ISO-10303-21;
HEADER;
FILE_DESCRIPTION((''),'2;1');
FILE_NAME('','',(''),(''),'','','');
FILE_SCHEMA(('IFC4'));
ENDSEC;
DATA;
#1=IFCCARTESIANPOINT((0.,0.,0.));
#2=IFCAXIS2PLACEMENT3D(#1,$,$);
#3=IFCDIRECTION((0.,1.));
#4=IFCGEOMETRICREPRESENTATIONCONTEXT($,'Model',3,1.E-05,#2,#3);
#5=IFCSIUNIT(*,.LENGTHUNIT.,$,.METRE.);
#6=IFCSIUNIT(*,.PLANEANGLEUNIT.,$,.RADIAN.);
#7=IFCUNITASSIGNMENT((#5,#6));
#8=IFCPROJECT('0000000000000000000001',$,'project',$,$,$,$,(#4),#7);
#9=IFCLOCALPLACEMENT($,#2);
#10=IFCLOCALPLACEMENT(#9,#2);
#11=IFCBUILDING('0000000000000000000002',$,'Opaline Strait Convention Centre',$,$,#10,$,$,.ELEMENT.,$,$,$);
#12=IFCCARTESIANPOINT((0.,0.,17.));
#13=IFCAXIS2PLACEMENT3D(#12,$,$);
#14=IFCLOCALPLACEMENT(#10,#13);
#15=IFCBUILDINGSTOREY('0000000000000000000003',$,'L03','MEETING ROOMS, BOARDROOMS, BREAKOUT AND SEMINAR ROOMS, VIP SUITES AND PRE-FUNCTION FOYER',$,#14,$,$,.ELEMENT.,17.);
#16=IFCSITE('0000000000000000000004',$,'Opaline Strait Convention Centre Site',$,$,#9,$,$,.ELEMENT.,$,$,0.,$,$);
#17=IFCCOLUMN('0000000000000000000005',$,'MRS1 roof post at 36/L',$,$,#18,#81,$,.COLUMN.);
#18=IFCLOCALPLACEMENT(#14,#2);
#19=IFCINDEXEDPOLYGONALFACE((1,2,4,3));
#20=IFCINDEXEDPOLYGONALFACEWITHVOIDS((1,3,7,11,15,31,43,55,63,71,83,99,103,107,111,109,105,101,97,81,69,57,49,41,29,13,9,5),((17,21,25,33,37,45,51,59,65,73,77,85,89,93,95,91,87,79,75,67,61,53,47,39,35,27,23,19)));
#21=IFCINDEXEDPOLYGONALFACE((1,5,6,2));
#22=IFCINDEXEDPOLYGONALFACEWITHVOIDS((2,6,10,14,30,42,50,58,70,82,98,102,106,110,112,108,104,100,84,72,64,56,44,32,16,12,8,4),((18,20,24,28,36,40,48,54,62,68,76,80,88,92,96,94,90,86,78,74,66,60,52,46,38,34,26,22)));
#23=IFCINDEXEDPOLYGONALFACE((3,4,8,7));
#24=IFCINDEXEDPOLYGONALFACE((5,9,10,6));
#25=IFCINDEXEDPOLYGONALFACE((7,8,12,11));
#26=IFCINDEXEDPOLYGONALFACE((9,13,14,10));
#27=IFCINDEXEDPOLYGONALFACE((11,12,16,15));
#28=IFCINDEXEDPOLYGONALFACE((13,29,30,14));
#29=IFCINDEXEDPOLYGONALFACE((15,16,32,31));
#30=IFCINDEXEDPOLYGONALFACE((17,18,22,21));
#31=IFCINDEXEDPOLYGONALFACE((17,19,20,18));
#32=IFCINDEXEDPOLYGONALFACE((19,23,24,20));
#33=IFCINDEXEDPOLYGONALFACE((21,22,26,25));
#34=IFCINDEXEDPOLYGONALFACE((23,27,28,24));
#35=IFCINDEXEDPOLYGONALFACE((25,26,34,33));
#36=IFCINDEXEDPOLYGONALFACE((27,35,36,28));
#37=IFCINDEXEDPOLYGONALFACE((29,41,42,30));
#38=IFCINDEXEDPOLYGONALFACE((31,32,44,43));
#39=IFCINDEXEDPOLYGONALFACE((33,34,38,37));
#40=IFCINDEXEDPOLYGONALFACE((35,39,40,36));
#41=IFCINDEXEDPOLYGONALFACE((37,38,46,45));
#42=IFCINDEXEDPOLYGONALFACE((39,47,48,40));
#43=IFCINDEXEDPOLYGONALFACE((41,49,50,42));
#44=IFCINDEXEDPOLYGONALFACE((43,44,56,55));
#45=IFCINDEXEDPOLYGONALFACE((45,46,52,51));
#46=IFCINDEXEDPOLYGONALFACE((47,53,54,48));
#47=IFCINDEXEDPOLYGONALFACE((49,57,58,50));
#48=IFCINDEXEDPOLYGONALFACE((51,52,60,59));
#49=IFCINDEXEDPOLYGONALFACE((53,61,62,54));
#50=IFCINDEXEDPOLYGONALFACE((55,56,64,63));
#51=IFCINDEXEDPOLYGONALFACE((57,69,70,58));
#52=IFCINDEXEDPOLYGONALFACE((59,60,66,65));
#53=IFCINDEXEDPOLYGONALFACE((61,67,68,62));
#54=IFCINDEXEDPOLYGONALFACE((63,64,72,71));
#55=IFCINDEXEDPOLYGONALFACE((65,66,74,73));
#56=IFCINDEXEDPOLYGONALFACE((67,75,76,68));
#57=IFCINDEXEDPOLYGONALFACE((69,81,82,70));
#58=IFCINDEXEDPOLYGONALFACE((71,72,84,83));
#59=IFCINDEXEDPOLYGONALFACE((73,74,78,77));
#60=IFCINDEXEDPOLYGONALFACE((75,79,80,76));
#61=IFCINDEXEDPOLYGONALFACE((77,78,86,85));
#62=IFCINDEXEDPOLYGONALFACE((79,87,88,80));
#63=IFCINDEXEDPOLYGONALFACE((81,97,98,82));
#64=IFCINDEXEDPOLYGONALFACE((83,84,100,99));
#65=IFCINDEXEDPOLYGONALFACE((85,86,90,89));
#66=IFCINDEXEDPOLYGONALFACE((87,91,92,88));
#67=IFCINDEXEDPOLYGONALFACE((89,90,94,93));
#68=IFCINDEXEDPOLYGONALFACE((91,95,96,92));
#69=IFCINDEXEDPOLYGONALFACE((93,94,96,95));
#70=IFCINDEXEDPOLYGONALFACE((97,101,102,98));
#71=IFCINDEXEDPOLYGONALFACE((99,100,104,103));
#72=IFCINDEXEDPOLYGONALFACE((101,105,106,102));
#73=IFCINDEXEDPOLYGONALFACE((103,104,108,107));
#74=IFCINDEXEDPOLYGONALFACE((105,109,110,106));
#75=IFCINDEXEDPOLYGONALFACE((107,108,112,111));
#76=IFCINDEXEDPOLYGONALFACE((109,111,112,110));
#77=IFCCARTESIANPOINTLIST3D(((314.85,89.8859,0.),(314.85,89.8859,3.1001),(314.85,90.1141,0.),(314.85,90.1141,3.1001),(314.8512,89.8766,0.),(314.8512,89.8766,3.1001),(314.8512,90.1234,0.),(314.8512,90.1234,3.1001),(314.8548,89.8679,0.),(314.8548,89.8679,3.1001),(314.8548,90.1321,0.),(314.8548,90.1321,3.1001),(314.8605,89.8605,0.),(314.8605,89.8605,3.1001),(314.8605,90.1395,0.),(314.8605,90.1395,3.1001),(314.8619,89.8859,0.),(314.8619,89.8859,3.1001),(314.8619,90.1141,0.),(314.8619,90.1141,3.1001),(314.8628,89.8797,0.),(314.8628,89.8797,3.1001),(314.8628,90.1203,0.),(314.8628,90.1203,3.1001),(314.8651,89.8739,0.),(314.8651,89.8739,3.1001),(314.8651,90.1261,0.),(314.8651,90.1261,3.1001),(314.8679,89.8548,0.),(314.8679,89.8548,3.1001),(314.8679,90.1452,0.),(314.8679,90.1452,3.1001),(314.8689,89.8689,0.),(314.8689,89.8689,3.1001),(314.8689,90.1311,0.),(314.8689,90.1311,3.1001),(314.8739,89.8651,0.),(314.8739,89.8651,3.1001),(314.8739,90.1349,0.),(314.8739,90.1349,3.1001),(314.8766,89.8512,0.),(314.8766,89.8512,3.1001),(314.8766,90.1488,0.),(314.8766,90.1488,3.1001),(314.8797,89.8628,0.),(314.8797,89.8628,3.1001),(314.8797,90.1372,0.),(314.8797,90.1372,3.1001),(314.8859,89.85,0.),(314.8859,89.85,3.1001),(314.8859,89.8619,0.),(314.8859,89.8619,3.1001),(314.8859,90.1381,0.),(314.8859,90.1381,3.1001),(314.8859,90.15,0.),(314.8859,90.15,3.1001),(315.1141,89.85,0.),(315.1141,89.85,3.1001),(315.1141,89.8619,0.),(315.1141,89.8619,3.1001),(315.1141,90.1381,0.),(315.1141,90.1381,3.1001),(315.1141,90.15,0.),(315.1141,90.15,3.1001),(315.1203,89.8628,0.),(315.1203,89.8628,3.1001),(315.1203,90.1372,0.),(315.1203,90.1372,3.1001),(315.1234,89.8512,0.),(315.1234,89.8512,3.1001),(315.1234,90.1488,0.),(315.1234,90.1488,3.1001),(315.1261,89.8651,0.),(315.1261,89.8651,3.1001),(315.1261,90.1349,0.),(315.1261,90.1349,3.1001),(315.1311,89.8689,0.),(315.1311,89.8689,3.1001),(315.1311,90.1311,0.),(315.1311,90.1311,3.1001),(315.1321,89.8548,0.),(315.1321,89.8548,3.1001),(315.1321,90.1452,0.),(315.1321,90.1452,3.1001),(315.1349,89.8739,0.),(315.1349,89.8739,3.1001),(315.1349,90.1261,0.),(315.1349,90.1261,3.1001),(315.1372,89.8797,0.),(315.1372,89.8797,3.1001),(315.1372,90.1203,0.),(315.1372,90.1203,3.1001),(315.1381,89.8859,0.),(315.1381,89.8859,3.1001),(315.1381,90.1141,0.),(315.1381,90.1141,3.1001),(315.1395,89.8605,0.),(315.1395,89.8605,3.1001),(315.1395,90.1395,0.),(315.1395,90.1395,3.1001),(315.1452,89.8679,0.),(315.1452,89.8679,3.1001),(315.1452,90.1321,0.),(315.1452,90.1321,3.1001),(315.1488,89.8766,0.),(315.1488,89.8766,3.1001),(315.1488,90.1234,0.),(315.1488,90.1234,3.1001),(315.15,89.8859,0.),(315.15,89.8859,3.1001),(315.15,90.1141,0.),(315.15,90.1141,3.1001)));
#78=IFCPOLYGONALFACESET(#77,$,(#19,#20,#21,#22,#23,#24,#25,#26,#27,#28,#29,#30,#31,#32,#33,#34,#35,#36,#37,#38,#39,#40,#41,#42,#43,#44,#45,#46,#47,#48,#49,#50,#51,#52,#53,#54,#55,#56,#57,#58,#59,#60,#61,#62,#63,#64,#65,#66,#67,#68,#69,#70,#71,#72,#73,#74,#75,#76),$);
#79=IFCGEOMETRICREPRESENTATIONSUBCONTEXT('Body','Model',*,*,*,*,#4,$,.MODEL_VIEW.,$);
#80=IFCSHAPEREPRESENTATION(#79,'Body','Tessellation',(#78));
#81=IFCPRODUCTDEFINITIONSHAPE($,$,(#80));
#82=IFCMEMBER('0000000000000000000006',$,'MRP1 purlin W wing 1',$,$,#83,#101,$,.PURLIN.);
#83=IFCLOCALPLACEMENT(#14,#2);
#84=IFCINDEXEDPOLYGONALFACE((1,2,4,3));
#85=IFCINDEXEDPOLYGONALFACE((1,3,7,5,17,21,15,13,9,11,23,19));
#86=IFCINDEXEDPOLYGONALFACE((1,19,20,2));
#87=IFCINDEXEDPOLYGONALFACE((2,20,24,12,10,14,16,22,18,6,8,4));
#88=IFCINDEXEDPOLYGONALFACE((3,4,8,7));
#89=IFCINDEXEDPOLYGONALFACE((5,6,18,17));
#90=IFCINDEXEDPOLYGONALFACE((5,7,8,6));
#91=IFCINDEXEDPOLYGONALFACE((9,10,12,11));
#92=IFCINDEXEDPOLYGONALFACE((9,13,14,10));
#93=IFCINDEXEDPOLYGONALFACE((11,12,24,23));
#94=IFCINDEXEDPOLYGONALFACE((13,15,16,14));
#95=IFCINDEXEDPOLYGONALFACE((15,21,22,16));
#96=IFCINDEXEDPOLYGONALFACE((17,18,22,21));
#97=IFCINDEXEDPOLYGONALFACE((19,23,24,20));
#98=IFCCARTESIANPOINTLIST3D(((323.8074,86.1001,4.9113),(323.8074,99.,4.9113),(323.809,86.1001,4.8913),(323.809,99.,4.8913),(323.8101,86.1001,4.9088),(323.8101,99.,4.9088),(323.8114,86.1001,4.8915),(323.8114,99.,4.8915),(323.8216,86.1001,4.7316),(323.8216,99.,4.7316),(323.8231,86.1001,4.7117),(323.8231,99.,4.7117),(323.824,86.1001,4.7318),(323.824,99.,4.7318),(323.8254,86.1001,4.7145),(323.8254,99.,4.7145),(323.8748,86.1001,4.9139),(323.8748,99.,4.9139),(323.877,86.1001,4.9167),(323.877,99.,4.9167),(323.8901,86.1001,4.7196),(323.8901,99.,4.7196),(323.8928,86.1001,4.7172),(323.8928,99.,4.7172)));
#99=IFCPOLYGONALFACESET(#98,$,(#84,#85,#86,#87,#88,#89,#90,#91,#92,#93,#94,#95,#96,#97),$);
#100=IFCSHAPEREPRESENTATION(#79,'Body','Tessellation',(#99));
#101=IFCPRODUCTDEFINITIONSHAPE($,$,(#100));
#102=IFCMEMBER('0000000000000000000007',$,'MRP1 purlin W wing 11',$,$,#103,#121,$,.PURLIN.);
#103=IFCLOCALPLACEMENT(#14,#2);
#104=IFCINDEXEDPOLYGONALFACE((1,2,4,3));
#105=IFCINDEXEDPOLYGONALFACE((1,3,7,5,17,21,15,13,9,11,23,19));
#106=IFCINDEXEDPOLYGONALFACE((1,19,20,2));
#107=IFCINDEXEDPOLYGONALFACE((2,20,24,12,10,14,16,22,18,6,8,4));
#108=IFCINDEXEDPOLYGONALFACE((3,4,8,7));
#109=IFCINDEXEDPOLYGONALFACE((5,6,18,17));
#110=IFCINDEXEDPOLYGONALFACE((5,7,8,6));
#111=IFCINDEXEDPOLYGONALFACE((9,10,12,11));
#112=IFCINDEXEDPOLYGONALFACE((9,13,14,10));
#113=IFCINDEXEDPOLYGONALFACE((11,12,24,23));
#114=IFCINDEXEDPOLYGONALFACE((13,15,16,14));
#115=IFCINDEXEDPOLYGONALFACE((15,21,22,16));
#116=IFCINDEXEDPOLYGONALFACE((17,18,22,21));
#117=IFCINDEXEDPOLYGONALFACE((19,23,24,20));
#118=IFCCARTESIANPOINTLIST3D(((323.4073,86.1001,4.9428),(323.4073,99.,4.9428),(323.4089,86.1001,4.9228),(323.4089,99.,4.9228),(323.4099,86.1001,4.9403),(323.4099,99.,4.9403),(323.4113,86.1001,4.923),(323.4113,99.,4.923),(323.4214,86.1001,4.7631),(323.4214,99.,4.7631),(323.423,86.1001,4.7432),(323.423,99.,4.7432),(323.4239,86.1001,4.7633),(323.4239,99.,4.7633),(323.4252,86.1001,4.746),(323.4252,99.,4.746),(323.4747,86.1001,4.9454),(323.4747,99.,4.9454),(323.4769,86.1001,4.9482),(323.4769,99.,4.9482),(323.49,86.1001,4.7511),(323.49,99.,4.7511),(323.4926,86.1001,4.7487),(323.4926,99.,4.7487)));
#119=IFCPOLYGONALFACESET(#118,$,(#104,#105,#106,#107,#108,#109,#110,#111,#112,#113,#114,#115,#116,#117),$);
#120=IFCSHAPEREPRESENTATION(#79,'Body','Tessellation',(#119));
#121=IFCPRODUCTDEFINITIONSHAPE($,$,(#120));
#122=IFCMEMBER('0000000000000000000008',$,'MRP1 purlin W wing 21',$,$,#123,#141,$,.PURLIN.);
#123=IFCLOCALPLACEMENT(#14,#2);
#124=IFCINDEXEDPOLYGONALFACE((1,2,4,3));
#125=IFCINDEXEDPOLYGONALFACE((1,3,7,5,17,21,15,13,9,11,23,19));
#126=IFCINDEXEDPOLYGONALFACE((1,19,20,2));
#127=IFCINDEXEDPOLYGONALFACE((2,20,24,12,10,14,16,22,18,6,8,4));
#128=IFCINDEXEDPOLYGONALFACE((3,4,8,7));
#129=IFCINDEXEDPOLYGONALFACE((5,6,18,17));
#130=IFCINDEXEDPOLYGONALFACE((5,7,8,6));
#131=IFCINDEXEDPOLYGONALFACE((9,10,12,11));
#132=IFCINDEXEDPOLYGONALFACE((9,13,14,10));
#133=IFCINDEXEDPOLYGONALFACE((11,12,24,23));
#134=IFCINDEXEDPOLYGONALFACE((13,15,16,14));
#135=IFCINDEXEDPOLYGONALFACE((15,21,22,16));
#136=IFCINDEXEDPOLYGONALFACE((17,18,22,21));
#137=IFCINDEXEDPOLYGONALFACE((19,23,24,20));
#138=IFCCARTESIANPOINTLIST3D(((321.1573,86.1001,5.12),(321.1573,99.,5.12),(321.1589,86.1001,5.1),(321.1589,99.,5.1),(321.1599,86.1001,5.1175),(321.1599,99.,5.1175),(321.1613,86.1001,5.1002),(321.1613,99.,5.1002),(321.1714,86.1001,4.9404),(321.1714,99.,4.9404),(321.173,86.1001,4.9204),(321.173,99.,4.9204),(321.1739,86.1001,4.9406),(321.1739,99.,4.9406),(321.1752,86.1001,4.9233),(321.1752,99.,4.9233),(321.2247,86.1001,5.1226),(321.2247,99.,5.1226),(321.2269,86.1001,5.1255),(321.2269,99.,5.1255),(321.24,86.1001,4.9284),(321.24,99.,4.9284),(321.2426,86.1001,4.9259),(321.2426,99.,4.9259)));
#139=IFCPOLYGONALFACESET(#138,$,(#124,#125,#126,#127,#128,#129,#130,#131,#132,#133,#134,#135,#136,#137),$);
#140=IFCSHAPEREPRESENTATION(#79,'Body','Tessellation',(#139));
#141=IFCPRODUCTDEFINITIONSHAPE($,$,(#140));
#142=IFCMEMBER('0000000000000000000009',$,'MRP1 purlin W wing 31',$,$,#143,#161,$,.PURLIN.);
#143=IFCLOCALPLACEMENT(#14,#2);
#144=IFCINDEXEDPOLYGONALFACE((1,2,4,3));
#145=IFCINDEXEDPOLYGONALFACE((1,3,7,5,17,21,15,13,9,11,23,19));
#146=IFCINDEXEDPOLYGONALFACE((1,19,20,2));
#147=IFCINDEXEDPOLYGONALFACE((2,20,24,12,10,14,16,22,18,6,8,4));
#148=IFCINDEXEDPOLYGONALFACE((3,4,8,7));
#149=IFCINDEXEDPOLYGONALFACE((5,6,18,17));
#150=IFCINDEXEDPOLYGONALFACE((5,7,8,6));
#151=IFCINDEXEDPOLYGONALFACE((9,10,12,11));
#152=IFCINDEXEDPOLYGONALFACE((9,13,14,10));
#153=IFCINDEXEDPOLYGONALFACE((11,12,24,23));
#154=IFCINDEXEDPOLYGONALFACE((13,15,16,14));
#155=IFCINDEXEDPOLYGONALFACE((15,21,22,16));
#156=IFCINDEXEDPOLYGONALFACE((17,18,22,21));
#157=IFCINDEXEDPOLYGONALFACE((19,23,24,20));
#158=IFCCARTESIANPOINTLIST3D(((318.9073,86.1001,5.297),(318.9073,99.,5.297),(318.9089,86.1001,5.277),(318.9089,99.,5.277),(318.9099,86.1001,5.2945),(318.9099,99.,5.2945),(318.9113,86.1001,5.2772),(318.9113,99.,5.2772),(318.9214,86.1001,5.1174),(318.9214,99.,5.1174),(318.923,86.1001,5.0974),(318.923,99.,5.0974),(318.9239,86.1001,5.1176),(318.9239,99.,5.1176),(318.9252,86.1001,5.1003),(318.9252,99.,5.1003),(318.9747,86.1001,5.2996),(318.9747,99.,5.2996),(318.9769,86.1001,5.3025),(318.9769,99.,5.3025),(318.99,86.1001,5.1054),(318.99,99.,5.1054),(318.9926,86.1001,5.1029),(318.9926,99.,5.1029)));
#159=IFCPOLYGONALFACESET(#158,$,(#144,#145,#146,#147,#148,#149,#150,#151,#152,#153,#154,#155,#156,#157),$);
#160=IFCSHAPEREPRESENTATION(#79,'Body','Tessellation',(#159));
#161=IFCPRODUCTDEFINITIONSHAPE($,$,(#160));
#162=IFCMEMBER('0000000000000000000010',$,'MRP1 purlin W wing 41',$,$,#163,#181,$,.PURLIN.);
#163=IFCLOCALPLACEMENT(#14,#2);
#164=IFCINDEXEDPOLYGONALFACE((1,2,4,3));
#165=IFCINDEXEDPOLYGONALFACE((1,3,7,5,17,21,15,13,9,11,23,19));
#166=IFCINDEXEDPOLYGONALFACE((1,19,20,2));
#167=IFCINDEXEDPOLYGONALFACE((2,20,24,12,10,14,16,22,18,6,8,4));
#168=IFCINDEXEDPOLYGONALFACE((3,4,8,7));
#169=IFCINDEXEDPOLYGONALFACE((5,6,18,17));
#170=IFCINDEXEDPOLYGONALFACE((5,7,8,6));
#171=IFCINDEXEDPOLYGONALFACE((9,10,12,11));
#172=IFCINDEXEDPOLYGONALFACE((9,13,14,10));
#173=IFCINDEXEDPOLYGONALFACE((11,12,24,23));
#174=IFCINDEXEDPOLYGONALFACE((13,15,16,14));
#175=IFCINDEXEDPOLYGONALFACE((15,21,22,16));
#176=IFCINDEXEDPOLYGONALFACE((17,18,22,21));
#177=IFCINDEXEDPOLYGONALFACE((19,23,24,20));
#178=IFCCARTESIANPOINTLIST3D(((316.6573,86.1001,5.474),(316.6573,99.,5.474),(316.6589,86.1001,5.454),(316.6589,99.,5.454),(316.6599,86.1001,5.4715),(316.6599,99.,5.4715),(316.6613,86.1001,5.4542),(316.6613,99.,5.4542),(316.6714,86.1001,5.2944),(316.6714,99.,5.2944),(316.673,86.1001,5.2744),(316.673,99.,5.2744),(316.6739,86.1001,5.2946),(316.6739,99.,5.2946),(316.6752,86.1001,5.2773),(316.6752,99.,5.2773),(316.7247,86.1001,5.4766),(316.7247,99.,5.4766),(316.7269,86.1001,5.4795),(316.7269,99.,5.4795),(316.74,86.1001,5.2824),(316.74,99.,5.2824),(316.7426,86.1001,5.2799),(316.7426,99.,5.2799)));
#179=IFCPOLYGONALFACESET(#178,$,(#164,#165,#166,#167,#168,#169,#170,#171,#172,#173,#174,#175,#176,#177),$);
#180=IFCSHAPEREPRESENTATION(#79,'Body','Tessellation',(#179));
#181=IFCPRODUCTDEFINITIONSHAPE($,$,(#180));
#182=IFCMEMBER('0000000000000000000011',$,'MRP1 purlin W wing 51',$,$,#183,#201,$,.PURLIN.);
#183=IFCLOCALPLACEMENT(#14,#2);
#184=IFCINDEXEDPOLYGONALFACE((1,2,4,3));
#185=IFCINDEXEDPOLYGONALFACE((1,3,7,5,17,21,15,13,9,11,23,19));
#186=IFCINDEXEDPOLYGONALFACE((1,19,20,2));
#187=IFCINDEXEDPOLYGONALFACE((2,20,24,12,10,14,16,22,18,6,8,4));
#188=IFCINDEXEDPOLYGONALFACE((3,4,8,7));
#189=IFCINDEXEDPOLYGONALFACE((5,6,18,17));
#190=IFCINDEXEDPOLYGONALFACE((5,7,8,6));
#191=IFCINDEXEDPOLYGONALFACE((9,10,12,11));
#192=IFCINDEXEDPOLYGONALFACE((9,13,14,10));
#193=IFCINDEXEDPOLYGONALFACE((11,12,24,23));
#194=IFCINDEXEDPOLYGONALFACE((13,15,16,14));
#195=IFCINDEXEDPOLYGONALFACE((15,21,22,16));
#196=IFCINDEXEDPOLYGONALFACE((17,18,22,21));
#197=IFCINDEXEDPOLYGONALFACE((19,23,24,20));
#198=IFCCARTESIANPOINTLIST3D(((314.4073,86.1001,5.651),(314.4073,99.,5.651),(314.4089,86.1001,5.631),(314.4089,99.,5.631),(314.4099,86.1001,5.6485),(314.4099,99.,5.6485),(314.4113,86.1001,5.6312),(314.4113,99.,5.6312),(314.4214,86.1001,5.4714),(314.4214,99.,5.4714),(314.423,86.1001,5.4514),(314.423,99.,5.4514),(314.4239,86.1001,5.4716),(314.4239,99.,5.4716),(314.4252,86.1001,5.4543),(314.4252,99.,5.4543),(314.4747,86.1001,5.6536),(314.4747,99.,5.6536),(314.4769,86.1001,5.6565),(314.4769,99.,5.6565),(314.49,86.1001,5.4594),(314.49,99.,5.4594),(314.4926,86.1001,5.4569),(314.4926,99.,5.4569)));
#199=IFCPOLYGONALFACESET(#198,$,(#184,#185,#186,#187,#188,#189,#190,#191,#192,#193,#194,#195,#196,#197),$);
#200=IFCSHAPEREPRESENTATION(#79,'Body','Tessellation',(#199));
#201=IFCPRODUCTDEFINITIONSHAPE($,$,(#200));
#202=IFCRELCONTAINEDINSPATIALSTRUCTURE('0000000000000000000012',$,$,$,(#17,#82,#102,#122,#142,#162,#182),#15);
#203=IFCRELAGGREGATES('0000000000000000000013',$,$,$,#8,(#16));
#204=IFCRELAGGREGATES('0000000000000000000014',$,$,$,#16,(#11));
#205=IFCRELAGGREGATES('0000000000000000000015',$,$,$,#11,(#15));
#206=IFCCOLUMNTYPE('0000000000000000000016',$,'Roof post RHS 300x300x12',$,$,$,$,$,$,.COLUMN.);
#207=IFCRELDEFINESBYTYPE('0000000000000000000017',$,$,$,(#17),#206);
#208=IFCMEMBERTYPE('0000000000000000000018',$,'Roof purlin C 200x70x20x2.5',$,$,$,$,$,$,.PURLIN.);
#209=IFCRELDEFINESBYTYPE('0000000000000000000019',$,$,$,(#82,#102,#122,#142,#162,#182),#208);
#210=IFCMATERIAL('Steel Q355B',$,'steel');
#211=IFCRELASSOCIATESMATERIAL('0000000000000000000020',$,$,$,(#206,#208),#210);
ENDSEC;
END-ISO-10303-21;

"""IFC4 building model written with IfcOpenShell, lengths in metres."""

from ifc_helpers import new_model, si_unit, direction, frame, origin, origin_2d, place, context, subcontext, project, spatial, polyline, hollow_rectangle, outline, extrude, material, material_profile, profile_set, type_object, element, save


model = new_model("IFC4")

# Units and contexts
model_context = context("Model", 3, precision=1e-05, world=origin(), true_north=direction((0.0, 1.0)))
body_context = subcontext(model_context, "Body", "Model", "MODEL_VIEW")
ifc_project = project(units=[si_unit("LENGTHUNIT", "METRE"), si_unit("PLANEANGLEUNIT", "RADIAN")], contexts=[model_context])

# Site, building, storey
site_placement = place(None, origin())
site = spatial("IfcSite", under=ifc_project, at=site_placement, Name="Opaline Strait Convention Centre Site", CompositionType="ELEMENT", RefElevation=0.0)
building_placement = place(site_placement, origin())
building = spatial("IfcBuilding", under=site, at=building_placement, Name="Opaline Strait Convention Centre", CompositionType="ELEMENT")
storey_placement = place(building_placement, frame((0.0, 0.0, 17.0)))
storey = spatial("IfcBuildingStorey", under=building, at=storey_placement, Name="L03", Description="MEETING ROOMS, BOARDROOMS, BREAKOUT AND SEMINAR ROOMS, VIP SUITES AND PRE-FUNCTION FOYER", CompositionType="ELEMENT", Elevation=17.0)

# Column
ifc_material_1 = material(Name="Steel Q355B", Category="steel")
ifc_material_profile_1 = material_profile(ifc_material_1, hollow_rectangle(XDim=0.3, YDim=0.3, WallThickness=0.012, InnerFilletRadius=0.0239, OuterFilletRadius=0.0359, at=origin_2d()), Name="RHS 300x300x12")
ifc_profile_set_1 = profile_set([ifc_material_profile_1], Name="Steel Q355B")
column_type = type_object("IfcColumnType", Name="Roof post RHS 300x300x12", PredefinedType="COLUMN", material=ifc_profile_set_1)
column_placement = place(storey_placement, frame((315.0, 90.0, 0.0), z_axis=(0.0, 0.0, 1.0), x_axis=(1.0, 0.0, 0.0)))
element("IfcColumn", 1, at=column_placement, inside=storey, type_object=column_type, Name="MRS1 roof post at 36/L", PredefinedType="COLUMN", context=body_context, shape_type="SweptSolid", body=[
    extrude(hollow_rectangle(XDim=0.3, YDim=0.3, WallThickness=0.012, InnerFilletRadius=0.0239, OuterFilletRadius=0.0359, at=origin_2d()), origin(), (0.0, 0.0, 1.0), 3.1001),
])

# Members
ifc_material_profile_2 = material_profile(ifc_material_1, outline(polyline([(-0.0349, -0.1001), (0.0349, -0.1001), (0.0349, -0.0801), (0.0325, -0.0801), (0.0325, -0.0974), (-0.0325, -0.0974), (-0.0325, 0.0974), (0.0325, 0.0974), (0.0325, 0.0801), (0.0349, 0.0801), (0.0349, 0.1001), (-0.0349, 0.1001), (-0.0349, -0.1001)])), Name="C 200x70x20x2.5")
ifc_profile_set_2 = profile_set([ifc_material_profile_2], Name="Steel Q355B")
member_type_1 = type_object("IfcMemberType", Name="Roof purlin C 200x70x20x2.5", PredefinedType="PURLIN", material=ifc_profile_set_2)
for number, where, z_axis, x_axis, name in (
    (2, (323.8501, 86.1001, 4.8142), (0.0, 1.0, 0.0), (-0.996917, 0.0, -0.078459), "MRP1 purlin W wing 1"),
    (3, (323.45, 86.1001, 4.8457), (0.0, 1.0, 0.0), (-0.996917, 0.0, -0.078459), "MRP1 purlin W wing 11"),
    (4, (321.2, 86.1001, 5.0229), (0.0, 1.0, 0.0), (-0.996917, 0.0, -0.078459), "MRP1 purlin W wing 21"),
    (5, (318.95, 86.1001, 5.2), (0.0, 1.0, 0.0), (-0.996917, 0.0, -0.078459), "MRP1 purlin W wing 31"),
    (6, (316.7, 86.1001, 5.377), (0.0, 1.0, 0.0), (-0.996917, 0.0, -0.078459), "MRP1 purlin W wing 41"),
    (7, (314.45, 86.1001, 5.554), (0.0, 1.0, 0.0), (-0.996917, 0.0, -0.078459), "MRP1 purlin W wing 51"),
):
    element("IfcMember", number, at=place(storey_placement, frame(where, z_axis=z_axis, x_axis=x_axis)), inside=storey, type_object=member_type_1, Name=name, PredefinedType="PURLIN", context=body_context, shape_type="SweptSolid", body=[
        extrude(outline(polyline([(-0.0349, -0.1001), (0.0349, -0.1001), (0.0349, -0.0801), (0.0325, -0.0801), (0.0325, -0.0974), (-0.0325, -0.0974), (-0.0325, 0.0974), (0.0325, 0.0974), (0.0325, 0.0801), (0.0349, 0.0801), (0.0349, 0.1001), (-0.0349, 0.1001), (-0.0349, -0.1001)])), origin(), (0.0, 0.0, 1.0), 12.8999),
    ])

save(model, "model.ifc")
